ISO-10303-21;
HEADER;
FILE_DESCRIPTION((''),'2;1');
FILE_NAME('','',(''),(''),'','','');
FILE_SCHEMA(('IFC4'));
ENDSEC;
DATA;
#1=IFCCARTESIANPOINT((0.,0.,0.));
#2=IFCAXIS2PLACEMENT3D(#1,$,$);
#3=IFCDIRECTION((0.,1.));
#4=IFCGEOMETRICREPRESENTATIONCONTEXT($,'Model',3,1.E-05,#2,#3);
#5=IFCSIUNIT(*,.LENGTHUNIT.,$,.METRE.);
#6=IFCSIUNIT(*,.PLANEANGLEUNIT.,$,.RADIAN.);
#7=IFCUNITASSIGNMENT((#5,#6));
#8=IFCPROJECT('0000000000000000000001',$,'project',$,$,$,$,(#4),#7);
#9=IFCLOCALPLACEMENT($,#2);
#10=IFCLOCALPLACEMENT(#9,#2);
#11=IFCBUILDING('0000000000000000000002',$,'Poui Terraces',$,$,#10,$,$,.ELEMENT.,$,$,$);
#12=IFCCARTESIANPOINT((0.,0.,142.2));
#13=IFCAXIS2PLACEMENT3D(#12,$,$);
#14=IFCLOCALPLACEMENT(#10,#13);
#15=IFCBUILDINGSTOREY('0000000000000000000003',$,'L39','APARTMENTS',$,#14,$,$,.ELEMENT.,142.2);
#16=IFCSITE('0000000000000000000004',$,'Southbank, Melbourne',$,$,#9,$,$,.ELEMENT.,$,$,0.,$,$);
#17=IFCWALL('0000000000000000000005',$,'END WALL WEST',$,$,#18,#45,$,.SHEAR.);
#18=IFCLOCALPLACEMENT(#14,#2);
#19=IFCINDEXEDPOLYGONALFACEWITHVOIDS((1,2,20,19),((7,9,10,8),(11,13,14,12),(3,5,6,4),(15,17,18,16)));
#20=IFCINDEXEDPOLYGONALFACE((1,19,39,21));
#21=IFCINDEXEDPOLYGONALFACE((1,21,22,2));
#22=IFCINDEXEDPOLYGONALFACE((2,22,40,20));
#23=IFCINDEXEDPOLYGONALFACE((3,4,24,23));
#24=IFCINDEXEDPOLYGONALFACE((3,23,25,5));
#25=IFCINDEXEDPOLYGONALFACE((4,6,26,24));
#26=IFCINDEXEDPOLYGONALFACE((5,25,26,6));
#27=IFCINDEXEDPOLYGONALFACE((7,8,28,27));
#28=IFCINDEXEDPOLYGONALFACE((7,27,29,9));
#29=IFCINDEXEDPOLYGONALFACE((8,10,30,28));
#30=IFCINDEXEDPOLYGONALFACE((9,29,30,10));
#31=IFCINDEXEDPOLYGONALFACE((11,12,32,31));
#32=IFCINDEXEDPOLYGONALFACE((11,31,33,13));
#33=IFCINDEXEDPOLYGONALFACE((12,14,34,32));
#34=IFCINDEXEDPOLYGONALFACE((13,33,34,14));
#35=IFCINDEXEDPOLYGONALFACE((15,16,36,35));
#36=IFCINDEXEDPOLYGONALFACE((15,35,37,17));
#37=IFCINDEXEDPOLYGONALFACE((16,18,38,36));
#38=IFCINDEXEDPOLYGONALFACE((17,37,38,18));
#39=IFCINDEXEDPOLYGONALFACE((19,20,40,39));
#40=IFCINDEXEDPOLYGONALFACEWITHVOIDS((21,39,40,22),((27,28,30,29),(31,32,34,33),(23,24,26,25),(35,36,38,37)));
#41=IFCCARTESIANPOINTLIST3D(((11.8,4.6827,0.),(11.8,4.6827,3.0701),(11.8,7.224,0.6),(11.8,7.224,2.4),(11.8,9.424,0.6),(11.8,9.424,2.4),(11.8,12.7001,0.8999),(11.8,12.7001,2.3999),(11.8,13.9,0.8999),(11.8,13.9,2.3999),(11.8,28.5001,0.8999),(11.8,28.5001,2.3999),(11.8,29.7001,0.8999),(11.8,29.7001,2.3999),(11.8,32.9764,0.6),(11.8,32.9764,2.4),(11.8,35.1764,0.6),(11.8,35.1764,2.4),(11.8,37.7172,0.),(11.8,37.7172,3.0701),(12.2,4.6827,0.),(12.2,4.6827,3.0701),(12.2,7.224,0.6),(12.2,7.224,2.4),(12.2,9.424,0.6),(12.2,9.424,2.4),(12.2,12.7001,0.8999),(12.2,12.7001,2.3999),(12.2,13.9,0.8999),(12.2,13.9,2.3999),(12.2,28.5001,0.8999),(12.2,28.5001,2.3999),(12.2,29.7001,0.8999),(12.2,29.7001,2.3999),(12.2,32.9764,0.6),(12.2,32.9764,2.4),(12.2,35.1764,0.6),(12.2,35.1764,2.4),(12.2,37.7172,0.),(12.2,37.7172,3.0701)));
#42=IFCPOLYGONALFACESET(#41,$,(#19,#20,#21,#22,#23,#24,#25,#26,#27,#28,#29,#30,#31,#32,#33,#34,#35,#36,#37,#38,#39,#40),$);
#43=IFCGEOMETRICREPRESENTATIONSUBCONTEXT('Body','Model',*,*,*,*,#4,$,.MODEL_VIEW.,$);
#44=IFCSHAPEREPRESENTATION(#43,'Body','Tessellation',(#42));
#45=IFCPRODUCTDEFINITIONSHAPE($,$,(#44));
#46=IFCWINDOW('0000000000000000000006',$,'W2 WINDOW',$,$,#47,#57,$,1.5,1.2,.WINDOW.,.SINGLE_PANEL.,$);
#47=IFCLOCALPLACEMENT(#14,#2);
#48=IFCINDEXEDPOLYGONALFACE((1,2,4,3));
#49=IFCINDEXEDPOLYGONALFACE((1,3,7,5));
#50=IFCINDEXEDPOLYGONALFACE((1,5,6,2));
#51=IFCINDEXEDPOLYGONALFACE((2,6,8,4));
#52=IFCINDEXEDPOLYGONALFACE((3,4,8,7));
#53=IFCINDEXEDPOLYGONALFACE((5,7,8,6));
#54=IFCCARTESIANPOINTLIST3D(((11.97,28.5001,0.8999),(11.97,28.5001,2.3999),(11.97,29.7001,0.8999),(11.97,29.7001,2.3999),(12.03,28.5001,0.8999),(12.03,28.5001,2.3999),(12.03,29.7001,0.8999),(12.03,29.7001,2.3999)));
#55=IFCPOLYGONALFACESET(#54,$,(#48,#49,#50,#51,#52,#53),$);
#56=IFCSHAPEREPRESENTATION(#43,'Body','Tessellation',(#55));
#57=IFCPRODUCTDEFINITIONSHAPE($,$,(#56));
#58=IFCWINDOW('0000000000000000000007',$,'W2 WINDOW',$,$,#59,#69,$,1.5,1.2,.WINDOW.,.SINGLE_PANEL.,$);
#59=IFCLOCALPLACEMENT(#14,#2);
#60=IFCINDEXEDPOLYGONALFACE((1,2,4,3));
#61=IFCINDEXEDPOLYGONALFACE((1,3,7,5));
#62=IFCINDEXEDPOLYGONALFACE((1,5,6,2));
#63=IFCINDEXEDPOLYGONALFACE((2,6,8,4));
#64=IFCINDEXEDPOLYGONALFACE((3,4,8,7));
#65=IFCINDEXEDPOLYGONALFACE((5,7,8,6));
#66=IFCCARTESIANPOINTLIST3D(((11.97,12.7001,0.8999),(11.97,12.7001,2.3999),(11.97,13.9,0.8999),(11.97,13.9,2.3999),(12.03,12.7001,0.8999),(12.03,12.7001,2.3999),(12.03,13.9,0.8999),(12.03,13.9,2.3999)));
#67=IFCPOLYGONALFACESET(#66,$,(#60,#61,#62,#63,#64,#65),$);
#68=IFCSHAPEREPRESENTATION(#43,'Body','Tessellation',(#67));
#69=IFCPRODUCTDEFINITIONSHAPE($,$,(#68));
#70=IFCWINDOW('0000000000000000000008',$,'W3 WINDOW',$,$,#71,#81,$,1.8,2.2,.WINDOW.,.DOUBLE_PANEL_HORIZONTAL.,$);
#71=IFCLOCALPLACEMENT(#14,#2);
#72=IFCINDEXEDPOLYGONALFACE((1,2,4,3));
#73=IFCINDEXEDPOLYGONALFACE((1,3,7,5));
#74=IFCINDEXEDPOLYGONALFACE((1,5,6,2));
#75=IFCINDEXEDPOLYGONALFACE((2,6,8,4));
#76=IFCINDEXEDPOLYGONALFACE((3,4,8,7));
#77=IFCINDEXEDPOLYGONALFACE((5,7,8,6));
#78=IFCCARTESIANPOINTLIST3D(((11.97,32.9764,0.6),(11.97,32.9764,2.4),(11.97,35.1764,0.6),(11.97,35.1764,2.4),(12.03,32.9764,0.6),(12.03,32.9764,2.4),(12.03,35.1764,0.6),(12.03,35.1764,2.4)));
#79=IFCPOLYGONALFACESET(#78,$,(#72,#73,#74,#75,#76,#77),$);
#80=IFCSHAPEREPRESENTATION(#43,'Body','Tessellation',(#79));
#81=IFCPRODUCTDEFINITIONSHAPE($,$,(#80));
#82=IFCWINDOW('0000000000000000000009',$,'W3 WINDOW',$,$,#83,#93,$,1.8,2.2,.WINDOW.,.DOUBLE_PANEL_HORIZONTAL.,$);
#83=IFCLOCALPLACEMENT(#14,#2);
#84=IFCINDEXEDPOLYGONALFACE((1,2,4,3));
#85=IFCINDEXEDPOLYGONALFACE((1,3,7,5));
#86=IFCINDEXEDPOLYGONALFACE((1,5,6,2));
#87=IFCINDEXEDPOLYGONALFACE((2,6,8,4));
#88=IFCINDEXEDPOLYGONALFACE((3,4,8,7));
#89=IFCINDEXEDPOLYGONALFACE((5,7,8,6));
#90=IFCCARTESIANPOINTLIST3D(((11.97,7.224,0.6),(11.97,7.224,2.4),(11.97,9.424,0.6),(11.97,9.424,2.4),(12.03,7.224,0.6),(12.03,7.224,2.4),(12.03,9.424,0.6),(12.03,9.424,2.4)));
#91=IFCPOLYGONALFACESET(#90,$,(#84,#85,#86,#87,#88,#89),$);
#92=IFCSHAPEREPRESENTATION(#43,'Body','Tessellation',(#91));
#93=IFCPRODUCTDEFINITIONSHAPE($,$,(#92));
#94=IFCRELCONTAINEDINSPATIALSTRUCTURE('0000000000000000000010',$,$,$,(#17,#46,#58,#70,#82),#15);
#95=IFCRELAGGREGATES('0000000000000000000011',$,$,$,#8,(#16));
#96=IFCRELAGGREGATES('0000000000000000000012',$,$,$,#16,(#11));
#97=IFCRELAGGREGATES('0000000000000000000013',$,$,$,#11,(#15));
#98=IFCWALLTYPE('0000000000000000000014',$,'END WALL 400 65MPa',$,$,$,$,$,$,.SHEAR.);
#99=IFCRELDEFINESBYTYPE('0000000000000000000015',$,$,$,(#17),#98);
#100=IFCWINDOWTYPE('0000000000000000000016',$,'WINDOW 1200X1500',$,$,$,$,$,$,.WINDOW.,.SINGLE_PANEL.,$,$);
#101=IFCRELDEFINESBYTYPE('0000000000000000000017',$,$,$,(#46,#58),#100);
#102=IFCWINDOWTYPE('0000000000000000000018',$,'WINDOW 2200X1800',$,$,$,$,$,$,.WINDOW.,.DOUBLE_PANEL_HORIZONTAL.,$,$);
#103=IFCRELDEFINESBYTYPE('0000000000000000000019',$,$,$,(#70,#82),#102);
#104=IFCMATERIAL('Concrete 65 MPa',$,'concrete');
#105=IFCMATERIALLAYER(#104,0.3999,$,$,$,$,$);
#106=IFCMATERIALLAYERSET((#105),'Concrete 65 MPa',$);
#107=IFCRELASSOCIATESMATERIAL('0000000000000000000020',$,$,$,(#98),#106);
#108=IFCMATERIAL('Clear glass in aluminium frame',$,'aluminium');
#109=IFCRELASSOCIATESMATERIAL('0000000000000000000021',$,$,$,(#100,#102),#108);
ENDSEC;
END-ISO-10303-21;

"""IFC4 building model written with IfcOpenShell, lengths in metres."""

from ifc_helpers import new_model, si_unit, direction, frame, frame_2d, origin, place, context, subcontext, project, spatial, rectangle, extrude, material, layer, layer_set, type_object, element, fill, save


model = new_model("IFC4")

# Units and contexts
model_context = context("Model", 3, precision=1e-05, world=origin(), true_north=direction((0.0, 1.0)))
body_context = subcontext(model_context, "Body", "Model", "MODEL_VIEW")
ifc_project = project(units=[si_unit("LENGTHUNIT", "METRE"), si_unit("PLANEANGLEUNIT", "RADIAN")], contexts=[model_context])

# Site, building, storey
site_placement = place(None, origin())
site = spatial("IfcSite", under=ifc_project, at=site_placement, Name="Southbank, Melbourne", CompositionType="ELEMENT", RefElevation=0.0)
building_placement = place(site_placement, origin())
building = spatial("IfcBuilding", under=site, at=building_placement, Name="Poui Terraces", CompositionType="ELEMENT")
storey_placement = place(building_placement, frame((0.0, 0.0, 142.2)))
storey = spatial("IfcBuildingStorey", under=building, at=storey_placement, Name="L39", Description="APARTMENTS", CompositionType="ELEMENT", Elevation=142.2)

# Shared definitions
ifc_material_1 = material(Name="Concrete 65 MPa", Category="concrete")

# Wall, openings, windows
ifc_layer_1 = layer(ifc_material_1, 0.3999)
ifc_layer_set_1 = layer_set([ifc_layer_1], Name="Concrete 65 MPa")
wall_type_1 = type_object("IfcWallType", Name="END WALL 400 65MPa", PredefinedType="SHEAR", material=ifc_layer_set_1)
wall_1_placement = place(storey_placement, frame((12.0, 4.6829, 0.0), z_axis=(0.0, 0.0, 1.0), x_axis=(0.0, 1.0, 0.0)))
wall_1 = element("IfcWall", 1, at=wall_1_placement, inside=storey, type_object=wall_type_1, Name="END WALL WEST", PredefinedType="SHEAR", context=body_context, shape_type="SweptSolid", body=[
    extrude(rectangle(XDim=33.0344, YDim=0.3999, at=frame_2d((16.5171, 0.0))), origin(), (0.0, 0.0, 1.0), 3.0701),
])
opening_1_placement = place(wall_1_placement, frame((23.8171, 0.0, 0.8999)))
opening_1 = element("IfcOpeningElement", 2, at=opening_1_placement, cuts=wall_1, PredefinedType="OPENING", context=body_context, shape_type="SweptSolid", body=[
    extrude(rectangle(XDim=1.2, YDim=1.5, at=frame_2d((0.6001, 0.75))), frame((0.0, 0.21, 0.0), z_axis=(0.0, -1.0, 0.0), x_axis=(1.0, 0.0, 0.0)), (0.0, 0.0, 1.0), 0.4199),
])
opening_2_placement = place(wall_1_placement, frame((8.0171, 0.0, 0.8999)))
opening_2 = element("IfcOpeningElement", 3, at=opening_2_placement, cuts=wall_1, PredefinedType="OPENING", context=body_context, shape_type="SweptSolid", body=[
    extrude(rectangle(XDim=1.2, YDim=1.5, at=frame_2d((0.6001, 0.75))), frame((0.0, 0.21, 0.0), z_axis=(0.0, -1.0, 0.0), x_axis=(1.0, 0.0, 0.0)), (0.0, 0.0, 1.0), 0.4199),
])
opening_3_placement = place(wall_1_placement, frame((28.2935, 0.0, 0.6001)))
opening_3 = element("IfcOpeningElement", 4, at=opening_3_placement, cuts=wall_1, PredefinedType="OPENING", context=body_context, shape_type="SweptSolid", body=[
    extrude(rectangle(XDim=2.2, YDim=1.8, at=frame_2d((1.1001, 0.8999))), frame((0.0, 0.21, 0.0), z_axis=(0.0, -1.0, 0.0), x_axis=(1.0, 0.0, 0.0)), (0.0, 0.0, 1.0), 0.4199),
])
opening_4_placement = place(wall_1_placement, frame((2.541, 0.0, 0.6001)))
opening_4 = element("IfcOpeningElement", 5, at=opening_4_placement, cuts=wall_1, PredefinedType="OPENING", context=body_context, shape_type="SweptSolid", body=[
    extrude(rectangle(XDim=2.2, YDim=1.8, at=frame_2d((1.1001, 0.8999))), frame((0.0, 0.21, 0.0), z_axis=(0.0, -1.0, 0.0), x_axis=(1.0, 0.0, 0.0)), (0.0, 0.0, 1.0), 0.4199),
])
ifc_material_2 = material(Name="Clear glass in aluminium frame", Category="aluminium")
window_type_1 = type_object("IfcWindowType", Name="WINDOW 1200X1500", PartitioningType="SINGLE_PANEL", PredefinedType="WINDOW", material=ifc_material_2)
window_1_placement = place(opening_1_placement, origin())
window_1 = element("IfcWindow", 6, at=window_1_placement, inside=storey, type_object=window_type_1, Name="W2 WINDOW", OverallHeight=1.5, OverallWidth=1.2, PartitioningType="SINGLE_PANEL", PredefinedType="WINDOW", context=body_context, shape_type="SweptSolid", body=[
    extrude(rectangle(XDim=1.2, YDim=1.5, at=frame_2d((0.6001, 0.75))), frame((0.0, 0.03, 0.0), z_axis=(0.0, -1.0, 0.0), x_axis=(1.0, 0.0, 0.0)), (0.0, 0.0, 1.0), 0.0601),
])
fill(opening_1, window_1)
window_2_placement = place(opening_2_placement, origin())
window_2 = element("IfcWindow", 7, at=window_2_placement, inside=storey, type_object=window_type_1, Name="W2 WINDOW", OverallHeight=1.5, OverallWidth=1.2, PartitioningType="SINGLE_PANEL", PredefinedType="WINDOW", context=body_context, shape_type="SweptSolid", body=[
    extrude(rectangle(XDim=1.2, YDim=1.5, at=frame_2d((0.6001, 0.75))), frame((0.0, 0.03, 0.0), z_axis=(0.0, -1.0, 0.0), x_axis=(1.0, 0.0, 0.0)), (0.0, 0.0, 1.0), 0.0601),
])
fill(opening_2, window_2)
window_type_2 = type_object("IfcWindowType", Name="WINDOW 2200X1800", PartitioningType="DOUBLE_PANEL_HORIZONTAL", PredefinedType="WINDOW", material=ifc_material_2)
window_3_placement = place(opening_3_placement, origin())
window_3 = element("IfcWindow", 8, at=window_3_placement, inside=storey, type_object=window_type_2, Name="W3 WINDOW", OverallHeight=1.8, OverallWidth=2.2, PartitioningType="DOUBLE_PANEL_HORIZONTAL", PredefinedType="WINDOW", context=body_context, shape_type="SweptSolid", body=[
    extrude(rectangle(XDim=2.2, YDim=1.8, at=frame_2d((1.1001, 0.8999))), frame((0.0, 0.03, 0.0), z_axis=(0.0, -1.0, 0.0), x_axis=(1.0, 0.0, 0.0)), (0.0, 0.0, 1.0), 0.0601),
])
fill(opening_3, window_3)
window_4_placement = place(opening_4_placement, origin())
window_4 = element("IfcWindow", 9, at=window_4_placement, inside=storey, type_object=window_type_2, Name="W3 WINDOW", OverallHeight=1.8, OverallWidth=2.2, PartitioningType="DOUBLE_PANEL_HORIZONTAL", PredefinedType="WINDOW", context=body_context, shape_type="SweptSolid", body=[
    extrude(rectangle(XDim=2.2, YDim=1.8, at=frame_2d((1.1001, 0.8999))), frame((0.0, 0.03, 0.0), z_axis=(0.0, -1.0, 0.0), x_axis=(1.0, 0.0, 0.0)), (0.0, 0.0, 1.0), 0.0601),
])
fill(opening_4, window_4)

save(model, "model.ifc")
